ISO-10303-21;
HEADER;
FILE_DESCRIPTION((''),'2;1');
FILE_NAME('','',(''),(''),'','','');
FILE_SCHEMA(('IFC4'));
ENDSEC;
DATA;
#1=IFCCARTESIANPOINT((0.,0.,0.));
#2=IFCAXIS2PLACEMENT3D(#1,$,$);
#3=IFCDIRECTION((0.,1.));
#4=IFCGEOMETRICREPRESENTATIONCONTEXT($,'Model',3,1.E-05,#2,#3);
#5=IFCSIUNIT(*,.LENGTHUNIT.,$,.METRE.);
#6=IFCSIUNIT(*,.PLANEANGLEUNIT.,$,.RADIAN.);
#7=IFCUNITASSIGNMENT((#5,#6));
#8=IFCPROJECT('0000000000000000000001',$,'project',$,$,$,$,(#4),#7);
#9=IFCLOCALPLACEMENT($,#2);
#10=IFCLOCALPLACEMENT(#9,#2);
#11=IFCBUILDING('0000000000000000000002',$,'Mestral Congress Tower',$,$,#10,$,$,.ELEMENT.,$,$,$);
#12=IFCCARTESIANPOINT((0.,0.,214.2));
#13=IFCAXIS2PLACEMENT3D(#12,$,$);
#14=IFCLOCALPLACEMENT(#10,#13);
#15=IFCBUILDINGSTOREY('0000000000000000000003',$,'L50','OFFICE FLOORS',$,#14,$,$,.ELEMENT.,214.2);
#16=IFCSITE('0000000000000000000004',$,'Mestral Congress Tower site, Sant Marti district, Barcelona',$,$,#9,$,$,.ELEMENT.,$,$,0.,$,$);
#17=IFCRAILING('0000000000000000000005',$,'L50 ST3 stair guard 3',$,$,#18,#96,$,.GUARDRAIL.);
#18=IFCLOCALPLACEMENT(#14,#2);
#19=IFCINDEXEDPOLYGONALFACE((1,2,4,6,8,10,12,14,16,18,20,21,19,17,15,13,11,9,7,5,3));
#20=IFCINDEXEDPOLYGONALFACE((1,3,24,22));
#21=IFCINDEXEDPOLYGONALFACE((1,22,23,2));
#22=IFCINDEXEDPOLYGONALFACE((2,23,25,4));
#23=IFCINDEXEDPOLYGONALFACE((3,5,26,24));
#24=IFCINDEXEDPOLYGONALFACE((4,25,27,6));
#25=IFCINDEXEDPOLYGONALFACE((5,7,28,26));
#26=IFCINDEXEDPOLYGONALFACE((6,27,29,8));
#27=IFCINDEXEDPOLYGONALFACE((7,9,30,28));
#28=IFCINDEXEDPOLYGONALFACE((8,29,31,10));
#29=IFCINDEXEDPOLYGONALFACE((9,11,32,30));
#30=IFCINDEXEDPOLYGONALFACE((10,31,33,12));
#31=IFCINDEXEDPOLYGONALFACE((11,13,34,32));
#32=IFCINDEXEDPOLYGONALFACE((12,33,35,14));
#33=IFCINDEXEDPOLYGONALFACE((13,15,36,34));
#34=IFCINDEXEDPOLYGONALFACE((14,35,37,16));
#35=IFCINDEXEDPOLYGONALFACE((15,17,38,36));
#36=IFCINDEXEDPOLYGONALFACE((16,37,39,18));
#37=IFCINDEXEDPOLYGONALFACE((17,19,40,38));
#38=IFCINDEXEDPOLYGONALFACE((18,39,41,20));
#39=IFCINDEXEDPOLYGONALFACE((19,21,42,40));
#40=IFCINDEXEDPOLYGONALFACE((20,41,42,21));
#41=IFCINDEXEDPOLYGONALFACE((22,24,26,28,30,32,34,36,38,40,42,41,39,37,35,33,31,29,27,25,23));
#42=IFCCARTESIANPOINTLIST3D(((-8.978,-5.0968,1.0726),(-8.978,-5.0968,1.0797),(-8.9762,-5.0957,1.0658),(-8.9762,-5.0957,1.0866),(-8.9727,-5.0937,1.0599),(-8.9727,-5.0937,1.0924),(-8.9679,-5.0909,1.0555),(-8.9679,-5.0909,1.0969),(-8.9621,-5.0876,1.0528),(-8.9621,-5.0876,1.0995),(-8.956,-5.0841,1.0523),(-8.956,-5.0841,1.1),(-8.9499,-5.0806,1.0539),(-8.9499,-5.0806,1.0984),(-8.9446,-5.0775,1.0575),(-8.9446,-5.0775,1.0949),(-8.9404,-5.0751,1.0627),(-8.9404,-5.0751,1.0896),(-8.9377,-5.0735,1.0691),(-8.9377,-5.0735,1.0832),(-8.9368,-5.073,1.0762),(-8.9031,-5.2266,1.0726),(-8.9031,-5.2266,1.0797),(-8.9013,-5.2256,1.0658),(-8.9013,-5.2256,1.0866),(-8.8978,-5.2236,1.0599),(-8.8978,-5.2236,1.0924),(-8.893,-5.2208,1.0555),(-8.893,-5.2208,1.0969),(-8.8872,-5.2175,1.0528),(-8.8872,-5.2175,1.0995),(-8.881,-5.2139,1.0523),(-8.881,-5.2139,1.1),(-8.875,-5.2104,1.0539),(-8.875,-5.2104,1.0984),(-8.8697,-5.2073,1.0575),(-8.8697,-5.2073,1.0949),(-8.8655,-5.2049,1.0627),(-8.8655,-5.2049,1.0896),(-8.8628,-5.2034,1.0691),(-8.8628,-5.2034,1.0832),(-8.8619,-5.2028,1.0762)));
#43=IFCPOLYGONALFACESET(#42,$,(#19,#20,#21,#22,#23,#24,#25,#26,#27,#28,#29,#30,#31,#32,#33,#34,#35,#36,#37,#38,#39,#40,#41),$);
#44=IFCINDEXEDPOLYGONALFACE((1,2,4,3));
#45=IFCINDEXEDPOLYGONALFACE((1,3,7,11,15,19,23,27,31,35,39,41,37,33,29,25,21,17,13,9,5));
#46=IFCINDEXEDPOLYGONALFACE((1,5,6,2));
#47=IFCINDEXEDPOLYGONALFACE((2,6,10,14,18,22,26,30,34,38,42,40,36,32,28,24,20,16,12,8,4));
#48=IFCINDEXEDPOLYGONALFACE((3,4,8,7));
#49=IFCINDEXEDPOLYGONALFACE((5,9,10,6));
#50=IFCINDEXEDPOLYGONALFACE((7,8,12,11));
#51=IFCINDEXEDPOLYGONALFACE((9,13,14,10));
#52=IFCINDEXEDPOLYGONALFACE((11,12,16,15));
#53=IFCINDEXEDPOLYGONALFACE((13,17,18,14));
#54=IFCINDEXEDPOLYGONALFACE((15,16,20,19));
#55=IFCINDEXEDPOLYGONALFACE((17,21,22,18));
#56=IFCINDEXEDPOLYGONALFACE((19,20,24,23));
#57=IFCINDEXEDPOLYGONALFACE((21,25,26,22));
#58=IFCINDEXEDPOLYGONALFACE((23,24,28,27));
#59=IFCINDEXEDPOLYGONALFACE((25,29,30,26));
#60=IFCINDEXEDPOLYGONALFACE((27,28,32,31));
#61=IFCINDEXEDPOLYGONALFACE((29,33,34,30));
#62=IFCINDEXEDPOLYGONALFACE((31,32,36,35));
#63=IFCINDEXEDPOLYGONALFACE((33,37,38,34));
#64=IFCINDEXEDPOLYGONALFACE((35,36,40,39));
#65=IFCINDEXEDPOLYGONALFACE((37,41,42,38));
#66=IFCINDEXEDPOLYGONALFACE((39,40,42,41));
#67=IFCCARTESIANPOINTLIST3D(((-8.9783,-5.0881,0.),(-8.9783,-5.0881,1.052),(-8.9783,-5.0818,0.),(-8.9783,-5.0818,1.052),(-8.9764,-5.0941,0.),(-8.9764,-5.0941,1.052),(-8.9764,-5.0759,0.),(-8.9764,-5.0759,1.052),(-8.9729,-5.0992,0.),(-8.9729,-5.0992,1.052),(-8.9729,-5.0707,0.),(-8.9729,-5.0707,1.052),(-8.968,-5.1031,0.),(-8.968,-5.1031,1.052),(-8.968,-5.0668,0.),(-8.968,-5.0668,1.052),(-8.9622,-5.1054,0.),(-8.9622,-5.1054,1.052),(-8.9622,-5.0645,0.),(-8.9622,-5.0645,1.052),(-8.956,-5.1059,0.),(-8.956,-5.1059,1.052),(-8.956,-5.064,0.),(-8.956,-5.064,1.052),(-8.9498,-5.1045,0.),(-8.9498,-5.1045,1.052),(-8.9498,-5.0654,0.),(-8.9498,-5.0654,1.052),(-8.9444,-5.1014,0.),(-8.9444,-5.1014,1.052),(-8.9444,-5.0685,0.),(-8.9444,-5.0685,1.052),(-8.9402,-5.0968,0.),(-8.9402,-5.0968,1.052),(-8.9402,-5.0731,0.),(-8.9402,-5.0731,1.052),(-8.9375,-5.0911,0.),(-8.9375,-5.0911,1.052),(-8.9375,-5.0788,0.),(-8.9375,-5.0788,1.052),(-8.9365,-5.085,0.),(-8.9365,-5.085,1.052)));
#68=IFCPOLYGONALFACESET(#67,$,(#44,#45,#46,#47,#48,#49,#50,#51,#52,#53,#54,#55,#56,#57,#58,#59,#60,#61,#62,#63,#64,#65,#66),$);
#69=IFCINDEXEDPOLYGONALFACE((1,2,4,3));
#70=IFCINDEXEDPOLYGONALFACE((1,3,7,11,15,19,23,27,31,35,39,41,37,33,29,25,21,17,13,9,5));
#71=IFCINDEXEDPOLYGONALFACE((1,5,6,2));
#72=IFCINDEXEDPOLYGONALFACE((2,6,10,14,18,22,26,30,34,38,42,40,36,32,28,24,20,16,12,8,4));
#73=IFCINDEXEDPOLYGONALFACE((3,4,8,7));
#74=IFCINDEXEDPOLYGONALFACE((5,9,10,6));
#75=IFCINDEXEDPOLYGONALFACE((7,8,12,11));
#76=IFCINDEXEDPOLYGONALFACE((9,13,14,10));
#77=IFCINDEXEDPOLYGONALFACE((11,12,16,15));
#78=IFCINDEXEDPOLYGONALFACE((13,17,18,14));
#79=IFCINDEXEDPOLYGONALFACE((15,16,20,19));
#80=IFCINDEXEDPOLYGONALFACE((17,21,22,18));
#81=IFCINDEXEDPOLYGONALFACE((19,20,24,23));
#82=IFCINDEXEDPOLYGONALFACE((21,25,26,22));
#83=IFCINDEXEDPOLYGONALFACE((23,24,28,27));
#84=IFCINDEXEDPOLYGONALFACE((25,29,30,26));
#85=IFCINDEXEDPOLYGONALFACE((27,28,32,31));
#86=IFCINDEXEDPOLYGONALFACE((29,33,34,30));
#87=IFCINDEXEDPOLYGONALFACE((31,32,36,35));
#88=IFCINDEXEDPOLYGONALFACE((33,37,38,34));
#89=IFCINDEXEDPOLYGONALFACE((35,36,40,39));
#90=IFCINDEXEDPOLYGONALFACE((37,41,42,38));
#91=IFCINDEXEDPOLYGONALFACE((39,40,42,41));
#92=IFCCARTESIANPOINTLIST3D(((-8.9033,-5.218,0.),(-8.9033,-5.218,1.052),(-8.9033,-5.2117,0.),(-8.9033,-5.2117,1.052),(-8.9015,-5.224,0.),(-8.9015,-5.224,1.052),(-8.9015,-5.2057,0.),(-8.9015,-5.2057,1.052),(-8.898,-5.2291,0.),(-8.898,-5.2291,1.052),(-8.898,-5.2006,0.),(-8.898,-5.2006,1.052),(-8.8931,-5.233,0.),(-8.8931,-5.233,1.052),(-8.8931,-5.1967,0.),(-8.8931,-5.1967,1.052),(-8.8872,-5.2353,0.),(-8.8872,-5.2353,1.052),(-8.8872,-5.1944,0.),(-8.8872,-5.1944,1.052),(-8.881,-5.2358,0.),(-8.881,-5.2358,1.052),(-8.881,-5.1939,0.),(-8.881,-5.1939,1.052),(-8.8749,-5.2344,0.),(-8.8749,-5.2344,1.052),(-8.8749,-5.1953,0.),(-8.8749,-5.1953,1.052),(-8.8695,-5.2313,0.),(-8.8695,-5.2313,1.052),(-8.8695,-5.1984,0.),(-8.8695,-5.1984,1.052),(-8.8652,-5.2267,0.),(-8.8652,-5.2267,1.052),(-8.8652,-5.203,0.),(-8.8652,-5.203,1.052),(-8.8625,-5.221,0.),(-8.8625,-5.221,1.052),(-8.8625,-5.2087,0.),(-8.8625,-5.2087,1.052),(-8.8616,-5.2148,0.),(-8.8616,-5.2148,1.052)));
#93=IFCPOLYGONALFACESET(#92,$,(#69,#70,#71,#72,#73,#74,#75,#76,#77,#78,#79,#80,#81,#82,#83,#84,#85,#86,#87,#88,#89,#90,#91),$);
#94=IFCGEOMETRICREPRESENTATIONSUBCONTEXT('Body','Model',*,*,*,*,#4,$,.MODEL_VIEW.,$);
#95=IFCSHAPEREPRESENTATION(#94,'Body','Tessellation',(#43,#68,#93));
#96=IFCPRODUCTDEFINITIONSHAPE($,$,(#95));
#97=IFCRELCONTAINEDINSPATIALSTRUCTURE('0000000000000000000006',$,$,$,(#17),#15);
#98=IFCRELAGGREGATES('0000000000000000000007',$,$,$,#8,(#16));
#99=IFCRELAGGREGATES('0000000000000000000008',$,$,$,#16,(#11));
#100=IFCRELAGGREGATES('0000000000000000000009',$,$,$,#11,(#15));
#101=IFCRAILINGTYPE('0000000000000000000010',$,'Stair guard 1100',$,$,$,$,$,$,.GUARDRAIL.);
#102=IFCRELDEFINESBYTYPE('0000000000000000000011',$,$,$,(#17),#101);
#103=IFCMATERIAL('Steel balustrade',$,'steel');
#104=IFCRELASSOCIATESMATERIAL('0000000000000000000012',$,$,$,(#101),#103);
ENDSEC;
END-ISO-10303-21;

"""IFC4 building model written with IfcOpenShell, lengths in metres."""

from ifc_helpers import new_model, si_unit, direction, frame, origin, origin_2d, place, context, subcontext, project, spatial, circle, extrude, material, type_object, element, save


model = new_model("IFC4")

# Units and contexts
model_context = context("Model", 3, precision=1e-05, world=origin(), true_north=direction((0.0, 1.0)))
body_context = subcontext(model_context, "Body", "Model", "MODEL_VIEW")
ifc_project = project(units=[si_unit("LENGTHUNIT", "METRE"), si_unit("PLANEANGLEUNIT", "RADIAN")], contexts=[model_context])

# Site, building, storey
site_placement = place(None, origin())
site = spatial("IfcSite", under=ifc_project, at=site_placement, Name="Mestral Congress Tower site, Sant Marti district, Barcelona", CompositionType="ELEMENT", RefElevation=0.0)
building_placement = place(site_placement, origin())
building = spatial("IfcBuilding", under=site, at=building_placement, Name="Mestral Congress Tower", CompositionType="ELEMENT")
storey_placement = place(building_placement, frame((0.0, 0.0, 214.2)))
storey = spatial("IfcBuildingStorey", under=building, at=storey_placement, Name="L50", Description="OFFICE FLOORS", CompositionType="ELEMENT", Elevation=214.2)

# Railing
ifc_material_1 = material(Name="Steel balustrade", Category="steel")
railing_type_1 = type_object("IfcRailingType", Name="Stair guard 1100", PredefinedType="GUARDRAIL", material=ifc_material_1)
railing_1_placement = place(storey_placement, frame((-8.9575, -5.085, 0.0)))
element("IfcRailing", 1, at=railing_1_placement, inside=storey, type_object=railing_type_1, Name="L50 ST3 stair guard 3", PredefinedType="GUARDRAIL", context=body_context, shape_type="SweptSolid", body=[
    extrude(circle(Radius=0.0239, at=origin_2d()), frame((0.0, 0.0, 1.0762), z_axis=(0.499816, -0.866131, 0.0), x_axis=(0.866131, 0.499816, 0.0)), (0.0, 0.0, 1.0), 0.1499),
    extrude(circle(Radius=0.021, at=origin_2d()), origin(), (0.0, 0.0, 1.0), 1.052),
    extrude(circle(Radius=0.021, at=origin_2d()), frame((0.075, -0.1299, 0.0)), (0.0, 0.0, 1.0), 1.052),
])

save(model, "model.ifc")
